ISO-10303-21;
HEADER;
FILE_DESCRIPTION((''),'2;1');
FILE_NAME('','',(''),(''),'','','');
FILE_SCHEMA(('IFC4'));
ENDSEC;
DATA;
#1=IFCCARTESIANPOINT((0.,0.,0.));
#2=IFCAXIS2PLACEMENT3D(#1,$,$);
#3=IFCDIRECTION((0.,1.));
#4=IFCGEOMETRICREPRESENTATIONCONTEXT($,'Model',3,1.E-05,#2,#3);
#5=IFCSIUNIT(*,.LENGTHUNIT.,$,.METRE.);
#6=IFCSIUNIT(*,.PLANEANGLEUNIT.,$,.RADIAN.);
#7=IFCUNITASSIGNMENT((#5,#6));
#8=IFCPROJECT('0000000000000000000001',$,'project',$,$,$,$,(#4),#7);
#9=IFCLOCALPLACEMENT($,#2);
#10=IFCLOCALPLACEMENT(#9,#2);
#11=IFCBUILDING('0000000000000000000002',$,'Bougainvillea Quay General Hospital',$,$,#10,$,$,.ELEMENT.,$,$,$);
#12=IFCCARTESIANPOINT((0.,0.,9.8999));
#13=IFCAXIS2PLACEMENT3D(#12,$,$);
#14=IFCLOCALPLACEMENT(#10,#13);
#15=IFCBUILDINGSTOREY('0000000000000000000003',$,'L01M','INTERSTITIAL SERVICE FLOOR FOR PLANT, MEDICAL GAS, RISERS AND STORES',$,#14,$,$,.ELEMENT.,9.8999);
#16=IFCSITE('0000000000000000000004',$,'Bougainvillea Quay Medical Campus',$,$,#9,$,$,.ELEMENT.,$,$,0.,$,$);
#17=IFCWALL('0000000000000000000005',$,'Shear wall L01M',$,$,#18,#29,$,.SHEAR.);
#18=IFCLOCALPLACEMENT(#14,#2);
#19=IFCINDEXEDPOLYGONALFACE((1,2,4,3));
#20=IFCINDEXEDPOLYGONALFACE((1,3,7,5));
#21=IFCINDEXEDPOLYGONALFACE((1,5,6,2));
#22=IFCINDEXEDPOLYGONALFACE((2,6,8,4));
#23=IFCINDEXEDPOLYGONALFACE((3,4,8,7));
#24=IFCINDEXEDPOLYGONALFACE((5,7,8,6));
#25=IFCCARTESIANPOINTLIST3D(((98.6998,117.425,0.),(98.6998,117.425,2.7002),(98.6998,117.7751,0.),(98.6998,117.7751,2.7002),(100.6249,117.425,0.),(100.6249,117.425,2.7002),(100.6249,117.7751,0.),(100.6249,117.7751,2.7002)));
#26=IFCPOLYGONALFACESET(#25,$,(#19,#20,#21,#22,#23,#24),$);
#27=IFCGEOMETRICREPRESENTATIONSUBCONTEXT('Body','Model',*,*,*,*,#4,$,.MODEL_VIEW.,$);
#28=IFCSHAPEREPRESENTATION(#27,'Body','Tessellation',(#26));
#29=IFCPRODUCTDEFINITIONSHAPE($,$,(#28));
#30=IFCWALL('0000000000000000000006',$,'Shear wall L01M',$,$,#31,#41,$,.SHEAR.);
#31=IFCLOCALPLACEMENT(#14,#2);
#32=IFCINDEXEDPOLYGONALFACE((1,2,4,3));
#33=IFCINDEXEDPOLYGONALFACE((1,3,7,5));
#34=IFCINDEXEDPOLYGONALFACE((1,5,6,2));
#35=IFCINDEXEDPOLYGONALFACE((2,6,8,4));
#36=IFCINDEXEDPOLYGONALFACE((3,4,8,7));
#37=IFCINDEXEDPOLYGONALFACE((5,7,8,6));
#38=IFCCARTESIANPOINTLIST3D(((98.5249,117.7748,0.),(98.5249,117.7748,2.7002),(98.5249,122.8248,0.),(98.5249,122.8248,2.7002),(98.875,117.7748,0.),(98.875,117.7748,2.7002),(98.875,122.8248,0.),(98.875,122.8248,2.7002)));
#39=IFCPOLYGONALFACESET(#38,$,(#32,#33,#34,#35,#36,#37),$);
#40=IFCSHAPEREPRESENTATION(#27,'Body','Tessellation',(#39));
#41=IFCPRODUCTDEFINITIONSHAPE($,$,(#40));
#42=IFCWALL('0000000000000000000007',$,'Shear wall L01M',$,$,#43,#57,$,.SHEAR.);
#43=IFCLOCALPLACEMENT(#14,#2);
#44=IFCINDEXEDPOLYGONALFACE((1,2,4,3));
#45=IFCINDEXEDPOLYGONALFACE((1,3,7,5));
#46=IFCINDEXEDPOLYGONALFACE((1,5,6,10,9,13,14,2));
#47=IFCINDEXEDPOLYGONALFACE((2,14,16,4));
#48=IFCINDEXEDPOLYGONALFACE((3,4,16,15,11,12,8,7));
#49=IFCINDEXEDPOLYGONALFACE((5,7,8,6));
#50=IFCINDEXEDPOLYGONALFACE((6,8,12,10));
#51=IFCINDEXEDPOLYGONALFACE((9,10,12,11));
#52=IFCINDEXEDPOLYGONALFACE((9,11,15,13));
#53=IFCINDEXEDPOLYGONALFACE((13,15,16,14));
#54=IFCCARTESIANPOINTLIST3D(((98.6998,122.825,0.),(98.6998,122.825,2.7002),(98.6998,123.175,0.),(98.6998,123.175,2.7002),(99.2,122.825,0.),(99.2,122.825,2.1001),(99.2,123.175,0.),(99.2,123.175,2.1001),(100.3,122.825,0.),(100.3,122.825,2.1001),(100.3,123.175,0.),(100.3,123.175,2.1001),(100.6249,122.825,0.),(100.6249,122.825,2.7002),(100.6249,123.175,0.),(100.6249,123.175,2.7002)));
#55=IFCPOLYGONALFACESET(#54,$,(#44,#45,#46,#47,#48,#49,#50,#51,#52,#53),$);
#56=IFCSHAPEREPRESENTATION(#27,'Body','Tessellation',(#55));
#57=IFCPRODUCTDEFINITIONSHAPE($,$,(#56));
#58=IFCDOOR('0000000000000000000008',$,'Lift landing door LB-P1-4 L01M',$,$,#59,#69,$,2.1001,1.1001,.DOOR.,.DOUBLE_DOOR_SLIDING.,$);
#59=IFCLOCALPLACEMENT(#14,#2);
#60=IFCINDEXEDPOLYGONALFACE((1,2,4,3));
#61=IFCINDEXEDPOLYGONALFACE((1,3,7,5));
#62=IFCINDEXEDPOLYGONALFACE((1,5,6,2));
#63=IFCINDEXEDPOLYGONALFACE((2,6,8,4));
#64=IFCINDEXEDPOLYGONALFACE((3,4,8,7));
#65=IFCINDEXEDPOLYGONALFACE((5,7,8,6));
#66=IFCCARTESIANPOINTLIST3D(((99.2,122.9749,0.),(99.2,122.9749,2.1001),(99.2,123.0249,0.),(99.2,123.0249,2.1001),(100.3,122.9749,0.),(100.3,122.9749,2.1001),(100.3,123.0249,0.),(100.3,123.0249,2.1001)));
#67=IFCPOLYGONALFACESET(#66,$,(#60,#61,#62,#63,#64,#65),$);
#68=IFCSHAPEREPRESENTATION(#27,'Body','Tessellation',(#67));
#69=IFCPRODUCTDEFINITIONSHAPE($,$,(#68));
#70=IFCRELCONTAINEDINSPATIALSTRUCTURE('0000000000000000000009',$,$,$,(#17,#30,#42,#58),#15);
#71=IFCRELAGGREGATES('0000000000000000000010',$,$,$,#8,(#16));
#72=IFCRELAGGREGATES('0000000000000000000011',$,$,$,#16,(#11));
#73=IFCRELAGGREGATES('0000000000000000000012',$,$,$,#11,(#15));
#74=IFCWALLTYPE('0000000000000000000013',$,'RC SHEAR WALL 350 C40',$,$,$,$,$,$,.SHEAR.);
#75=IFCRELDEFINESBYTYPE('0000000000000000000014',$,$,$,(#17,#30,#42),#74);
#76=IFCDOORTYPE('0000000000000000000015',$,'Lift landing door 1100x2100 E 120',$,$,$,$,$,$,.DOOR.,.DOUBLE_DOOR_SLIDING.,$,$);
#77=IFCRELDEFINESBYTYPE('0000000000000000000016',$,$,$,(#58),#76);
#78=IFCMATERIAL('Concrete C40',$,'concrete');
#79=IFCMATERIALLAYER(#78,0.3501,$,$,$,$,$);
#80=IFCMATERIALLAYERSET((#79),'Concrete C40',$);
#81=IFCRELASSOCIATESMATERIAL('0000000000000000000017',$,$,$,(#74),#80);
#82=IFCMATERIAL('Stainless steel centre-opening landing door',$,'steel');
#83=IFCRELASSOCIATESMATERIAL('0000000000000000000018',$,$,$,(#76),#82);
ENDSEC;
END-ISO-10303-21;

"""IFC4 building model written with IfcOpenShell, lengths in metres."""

from ifc_helpers import new_model, si_unit, direction, frame, frame_2d, origin, place, context, subcontext, project, spatial, rectangle, extrude, material, layer, layer_set, type_object, element, fill, save


model = new_model("IFC4")

# Units and contexts
model_context = context("Model", 3, precision=1e-05, world=origin(), true_north=direction((0.0, 1.0)))
body_context = subcontext(model_context, "Body", "Model", "MODEL_VIEW")
ifc_project = project(units=[si_unit("LENGTHUNIT", "METRE"), si_unit("PLANEANGLEUNIT", "RADIAN")], contexts=[model_context])

# Site, building, storey
site_placement = place(None, origin())
site = spatial("IfcSite", under=ifc_project, at=site_placement, Name="Bougainvillea Quay Medical Campus", CompositionType="ELEMENT", RefElevation=0.0)
building_placement = place(site_placement, origin())
building = spatial("IfcBuilding", under=site, at=building_placement, Name="Bougainvillea Quay General Hospital", CompositionType="ELEMENT")
storey_placement = place(building_placement, frame((0.0, 0.0, 9.8999)))
storey = spatial("IfcBuildingStorey", under=building, at=storey_placement, Name="L01M", Description="INTERSTITIAL SERVICE FLOOR FOR PLANT, MEDICAL GAS, RISERS AND STORES", CompositionType="ELEMENT", Elevation=9.8999)

# Shared definitions
ifc_material_1 = material(Name="Concrete C40", Category="concrete")

# Shared definitions
ifc_layer_1 = layer(ifc_material_1, 0.3501)
ifc_layer_set_1 = layer_set([ifc_layer_1], Name="Concrete C40")
wall_type_1 = type_object("IfcWallType", Name="RC SHEAR WALL 350 C40", PredefinedType="SHEAR", material=ifc_layer_set_1)

# Shared definitions
ifc_material_2 = material(Name="Stainless steel centre-opening landing door", Category="steel")
door_type_1 = type_object("IfcDoorType", Name="Lift landing door 1100x2100 E 120", OperationType="DOUBLE_DOOR_SLIDING", PredefinedType="DOOR", material=ifc_material_2)

# Walls
wall_1_placement = place(storey_placement, frame((98.7, 117.6001, 0.0), z_axis=(0.0, 0.0, 1.0), x_axis=(1.0, 0.0, 0.0)))
element("IfcWall", 1, at=wall_1_placement, inside=storey, type_object=wall_type_1, Name="Shear wall L01M", PredefinedType="SHEAR", context=body_context, shape_type="SweptSolid", body=[
    extrude(rectangle(XDim=1.925, YDim=0.3501, at=frame_2d((0.9624, 0.0))), origin(), (0.0, 0.0, 1.0), 2.7002),
])
wall_2_placement = place(storey_placement, frame((98.7, 117.7749, 0.0), z_axis=(0.0, 0.0, 1.0), x_axis=(0.0, 1.0, 0.0)))
element("IfcWall", 2, at=wall_2_placement, inside=storey, type_object=wall_type_1, Name="Shear wall L01M", PredefinedType="SHEAR", context=body_context, shape_type="SweptSolid", body=[
    extrude(rectangle(XDim=5.05, YDim=0.3501, at=frame_2d((2.5249, 0.0))), origin(), (0.0, 0.0, 1.0), 2.7002),
])

# Wall, opening, door
wall_3_placement = place(storey_placement, frame((98.7, 123.0, 0.0), z_axis=(0.0, 0.0, 1.0), x_axis=(1.0, 0.0, 0.0)))
wall_3 = element("IfcWall", 3, at=wall_3_placement, inside=storey, type_object=wall_type_1, Name="Shear wall L01M", PredefinedType="SHEAR", context=body_context, shape_type="SweptSolid", body=[
    extrude(rectangle(XDim=1.925, YDim=0.3501, at=frame_2d((0.9624, 0.0))), origin(), (0.0, 0.0, 1.0), 2.7002),
])
opening_1_placement = place(wall_3_placement, frame((0.5, 0.0, 0.0)))
opening_1 = element("IfcOpeningElement", 4, at=opening_1_placement, cuts=wall_3, PredefinedType="OPENING", context=body_context, shape_type="SweptSolid", body=[
    extrude(rectangle(XDim=1.1001, YDim=2.1001, at=frame_2d((0.55, 1.05))), frame((0.0, 0.1851, 0.0), z_axis=(0.0, -1.0, 0.0), x_axis=(1.0, 0.0, 0.0)), (0.0, 0.0, 1.0), 0.3701),
])
door_1_placement = place(opening_1_placement, origin())
door_1 = element("IfcDoor", 5, at=door_1_placement, inside=storey, type_object=door_type_1, Name="Lift landing door LB-P1-4 L01M", OperationType="DOUBLE_DOOR_SLIDING", OverallHeight=2.1001, OverallWidth=1.1001, PredefinedType="DOOR", context=body_context, shape_type="SweptSolid", body=[
    extrude(rectangle(XDim=1.1001, YDim=2.1001, at=frame_2d((0.55, 1.05))), frame((0.0, 0.0249, 0.0), z_axis=(0.0, -1.0, 0.0), x_axis=(1.0, 0.0, 0.0)), (0.0, 0.0, 1.0), 0.05),
])
fill(opening_1, door_1)

save(model, "model.ifc")
